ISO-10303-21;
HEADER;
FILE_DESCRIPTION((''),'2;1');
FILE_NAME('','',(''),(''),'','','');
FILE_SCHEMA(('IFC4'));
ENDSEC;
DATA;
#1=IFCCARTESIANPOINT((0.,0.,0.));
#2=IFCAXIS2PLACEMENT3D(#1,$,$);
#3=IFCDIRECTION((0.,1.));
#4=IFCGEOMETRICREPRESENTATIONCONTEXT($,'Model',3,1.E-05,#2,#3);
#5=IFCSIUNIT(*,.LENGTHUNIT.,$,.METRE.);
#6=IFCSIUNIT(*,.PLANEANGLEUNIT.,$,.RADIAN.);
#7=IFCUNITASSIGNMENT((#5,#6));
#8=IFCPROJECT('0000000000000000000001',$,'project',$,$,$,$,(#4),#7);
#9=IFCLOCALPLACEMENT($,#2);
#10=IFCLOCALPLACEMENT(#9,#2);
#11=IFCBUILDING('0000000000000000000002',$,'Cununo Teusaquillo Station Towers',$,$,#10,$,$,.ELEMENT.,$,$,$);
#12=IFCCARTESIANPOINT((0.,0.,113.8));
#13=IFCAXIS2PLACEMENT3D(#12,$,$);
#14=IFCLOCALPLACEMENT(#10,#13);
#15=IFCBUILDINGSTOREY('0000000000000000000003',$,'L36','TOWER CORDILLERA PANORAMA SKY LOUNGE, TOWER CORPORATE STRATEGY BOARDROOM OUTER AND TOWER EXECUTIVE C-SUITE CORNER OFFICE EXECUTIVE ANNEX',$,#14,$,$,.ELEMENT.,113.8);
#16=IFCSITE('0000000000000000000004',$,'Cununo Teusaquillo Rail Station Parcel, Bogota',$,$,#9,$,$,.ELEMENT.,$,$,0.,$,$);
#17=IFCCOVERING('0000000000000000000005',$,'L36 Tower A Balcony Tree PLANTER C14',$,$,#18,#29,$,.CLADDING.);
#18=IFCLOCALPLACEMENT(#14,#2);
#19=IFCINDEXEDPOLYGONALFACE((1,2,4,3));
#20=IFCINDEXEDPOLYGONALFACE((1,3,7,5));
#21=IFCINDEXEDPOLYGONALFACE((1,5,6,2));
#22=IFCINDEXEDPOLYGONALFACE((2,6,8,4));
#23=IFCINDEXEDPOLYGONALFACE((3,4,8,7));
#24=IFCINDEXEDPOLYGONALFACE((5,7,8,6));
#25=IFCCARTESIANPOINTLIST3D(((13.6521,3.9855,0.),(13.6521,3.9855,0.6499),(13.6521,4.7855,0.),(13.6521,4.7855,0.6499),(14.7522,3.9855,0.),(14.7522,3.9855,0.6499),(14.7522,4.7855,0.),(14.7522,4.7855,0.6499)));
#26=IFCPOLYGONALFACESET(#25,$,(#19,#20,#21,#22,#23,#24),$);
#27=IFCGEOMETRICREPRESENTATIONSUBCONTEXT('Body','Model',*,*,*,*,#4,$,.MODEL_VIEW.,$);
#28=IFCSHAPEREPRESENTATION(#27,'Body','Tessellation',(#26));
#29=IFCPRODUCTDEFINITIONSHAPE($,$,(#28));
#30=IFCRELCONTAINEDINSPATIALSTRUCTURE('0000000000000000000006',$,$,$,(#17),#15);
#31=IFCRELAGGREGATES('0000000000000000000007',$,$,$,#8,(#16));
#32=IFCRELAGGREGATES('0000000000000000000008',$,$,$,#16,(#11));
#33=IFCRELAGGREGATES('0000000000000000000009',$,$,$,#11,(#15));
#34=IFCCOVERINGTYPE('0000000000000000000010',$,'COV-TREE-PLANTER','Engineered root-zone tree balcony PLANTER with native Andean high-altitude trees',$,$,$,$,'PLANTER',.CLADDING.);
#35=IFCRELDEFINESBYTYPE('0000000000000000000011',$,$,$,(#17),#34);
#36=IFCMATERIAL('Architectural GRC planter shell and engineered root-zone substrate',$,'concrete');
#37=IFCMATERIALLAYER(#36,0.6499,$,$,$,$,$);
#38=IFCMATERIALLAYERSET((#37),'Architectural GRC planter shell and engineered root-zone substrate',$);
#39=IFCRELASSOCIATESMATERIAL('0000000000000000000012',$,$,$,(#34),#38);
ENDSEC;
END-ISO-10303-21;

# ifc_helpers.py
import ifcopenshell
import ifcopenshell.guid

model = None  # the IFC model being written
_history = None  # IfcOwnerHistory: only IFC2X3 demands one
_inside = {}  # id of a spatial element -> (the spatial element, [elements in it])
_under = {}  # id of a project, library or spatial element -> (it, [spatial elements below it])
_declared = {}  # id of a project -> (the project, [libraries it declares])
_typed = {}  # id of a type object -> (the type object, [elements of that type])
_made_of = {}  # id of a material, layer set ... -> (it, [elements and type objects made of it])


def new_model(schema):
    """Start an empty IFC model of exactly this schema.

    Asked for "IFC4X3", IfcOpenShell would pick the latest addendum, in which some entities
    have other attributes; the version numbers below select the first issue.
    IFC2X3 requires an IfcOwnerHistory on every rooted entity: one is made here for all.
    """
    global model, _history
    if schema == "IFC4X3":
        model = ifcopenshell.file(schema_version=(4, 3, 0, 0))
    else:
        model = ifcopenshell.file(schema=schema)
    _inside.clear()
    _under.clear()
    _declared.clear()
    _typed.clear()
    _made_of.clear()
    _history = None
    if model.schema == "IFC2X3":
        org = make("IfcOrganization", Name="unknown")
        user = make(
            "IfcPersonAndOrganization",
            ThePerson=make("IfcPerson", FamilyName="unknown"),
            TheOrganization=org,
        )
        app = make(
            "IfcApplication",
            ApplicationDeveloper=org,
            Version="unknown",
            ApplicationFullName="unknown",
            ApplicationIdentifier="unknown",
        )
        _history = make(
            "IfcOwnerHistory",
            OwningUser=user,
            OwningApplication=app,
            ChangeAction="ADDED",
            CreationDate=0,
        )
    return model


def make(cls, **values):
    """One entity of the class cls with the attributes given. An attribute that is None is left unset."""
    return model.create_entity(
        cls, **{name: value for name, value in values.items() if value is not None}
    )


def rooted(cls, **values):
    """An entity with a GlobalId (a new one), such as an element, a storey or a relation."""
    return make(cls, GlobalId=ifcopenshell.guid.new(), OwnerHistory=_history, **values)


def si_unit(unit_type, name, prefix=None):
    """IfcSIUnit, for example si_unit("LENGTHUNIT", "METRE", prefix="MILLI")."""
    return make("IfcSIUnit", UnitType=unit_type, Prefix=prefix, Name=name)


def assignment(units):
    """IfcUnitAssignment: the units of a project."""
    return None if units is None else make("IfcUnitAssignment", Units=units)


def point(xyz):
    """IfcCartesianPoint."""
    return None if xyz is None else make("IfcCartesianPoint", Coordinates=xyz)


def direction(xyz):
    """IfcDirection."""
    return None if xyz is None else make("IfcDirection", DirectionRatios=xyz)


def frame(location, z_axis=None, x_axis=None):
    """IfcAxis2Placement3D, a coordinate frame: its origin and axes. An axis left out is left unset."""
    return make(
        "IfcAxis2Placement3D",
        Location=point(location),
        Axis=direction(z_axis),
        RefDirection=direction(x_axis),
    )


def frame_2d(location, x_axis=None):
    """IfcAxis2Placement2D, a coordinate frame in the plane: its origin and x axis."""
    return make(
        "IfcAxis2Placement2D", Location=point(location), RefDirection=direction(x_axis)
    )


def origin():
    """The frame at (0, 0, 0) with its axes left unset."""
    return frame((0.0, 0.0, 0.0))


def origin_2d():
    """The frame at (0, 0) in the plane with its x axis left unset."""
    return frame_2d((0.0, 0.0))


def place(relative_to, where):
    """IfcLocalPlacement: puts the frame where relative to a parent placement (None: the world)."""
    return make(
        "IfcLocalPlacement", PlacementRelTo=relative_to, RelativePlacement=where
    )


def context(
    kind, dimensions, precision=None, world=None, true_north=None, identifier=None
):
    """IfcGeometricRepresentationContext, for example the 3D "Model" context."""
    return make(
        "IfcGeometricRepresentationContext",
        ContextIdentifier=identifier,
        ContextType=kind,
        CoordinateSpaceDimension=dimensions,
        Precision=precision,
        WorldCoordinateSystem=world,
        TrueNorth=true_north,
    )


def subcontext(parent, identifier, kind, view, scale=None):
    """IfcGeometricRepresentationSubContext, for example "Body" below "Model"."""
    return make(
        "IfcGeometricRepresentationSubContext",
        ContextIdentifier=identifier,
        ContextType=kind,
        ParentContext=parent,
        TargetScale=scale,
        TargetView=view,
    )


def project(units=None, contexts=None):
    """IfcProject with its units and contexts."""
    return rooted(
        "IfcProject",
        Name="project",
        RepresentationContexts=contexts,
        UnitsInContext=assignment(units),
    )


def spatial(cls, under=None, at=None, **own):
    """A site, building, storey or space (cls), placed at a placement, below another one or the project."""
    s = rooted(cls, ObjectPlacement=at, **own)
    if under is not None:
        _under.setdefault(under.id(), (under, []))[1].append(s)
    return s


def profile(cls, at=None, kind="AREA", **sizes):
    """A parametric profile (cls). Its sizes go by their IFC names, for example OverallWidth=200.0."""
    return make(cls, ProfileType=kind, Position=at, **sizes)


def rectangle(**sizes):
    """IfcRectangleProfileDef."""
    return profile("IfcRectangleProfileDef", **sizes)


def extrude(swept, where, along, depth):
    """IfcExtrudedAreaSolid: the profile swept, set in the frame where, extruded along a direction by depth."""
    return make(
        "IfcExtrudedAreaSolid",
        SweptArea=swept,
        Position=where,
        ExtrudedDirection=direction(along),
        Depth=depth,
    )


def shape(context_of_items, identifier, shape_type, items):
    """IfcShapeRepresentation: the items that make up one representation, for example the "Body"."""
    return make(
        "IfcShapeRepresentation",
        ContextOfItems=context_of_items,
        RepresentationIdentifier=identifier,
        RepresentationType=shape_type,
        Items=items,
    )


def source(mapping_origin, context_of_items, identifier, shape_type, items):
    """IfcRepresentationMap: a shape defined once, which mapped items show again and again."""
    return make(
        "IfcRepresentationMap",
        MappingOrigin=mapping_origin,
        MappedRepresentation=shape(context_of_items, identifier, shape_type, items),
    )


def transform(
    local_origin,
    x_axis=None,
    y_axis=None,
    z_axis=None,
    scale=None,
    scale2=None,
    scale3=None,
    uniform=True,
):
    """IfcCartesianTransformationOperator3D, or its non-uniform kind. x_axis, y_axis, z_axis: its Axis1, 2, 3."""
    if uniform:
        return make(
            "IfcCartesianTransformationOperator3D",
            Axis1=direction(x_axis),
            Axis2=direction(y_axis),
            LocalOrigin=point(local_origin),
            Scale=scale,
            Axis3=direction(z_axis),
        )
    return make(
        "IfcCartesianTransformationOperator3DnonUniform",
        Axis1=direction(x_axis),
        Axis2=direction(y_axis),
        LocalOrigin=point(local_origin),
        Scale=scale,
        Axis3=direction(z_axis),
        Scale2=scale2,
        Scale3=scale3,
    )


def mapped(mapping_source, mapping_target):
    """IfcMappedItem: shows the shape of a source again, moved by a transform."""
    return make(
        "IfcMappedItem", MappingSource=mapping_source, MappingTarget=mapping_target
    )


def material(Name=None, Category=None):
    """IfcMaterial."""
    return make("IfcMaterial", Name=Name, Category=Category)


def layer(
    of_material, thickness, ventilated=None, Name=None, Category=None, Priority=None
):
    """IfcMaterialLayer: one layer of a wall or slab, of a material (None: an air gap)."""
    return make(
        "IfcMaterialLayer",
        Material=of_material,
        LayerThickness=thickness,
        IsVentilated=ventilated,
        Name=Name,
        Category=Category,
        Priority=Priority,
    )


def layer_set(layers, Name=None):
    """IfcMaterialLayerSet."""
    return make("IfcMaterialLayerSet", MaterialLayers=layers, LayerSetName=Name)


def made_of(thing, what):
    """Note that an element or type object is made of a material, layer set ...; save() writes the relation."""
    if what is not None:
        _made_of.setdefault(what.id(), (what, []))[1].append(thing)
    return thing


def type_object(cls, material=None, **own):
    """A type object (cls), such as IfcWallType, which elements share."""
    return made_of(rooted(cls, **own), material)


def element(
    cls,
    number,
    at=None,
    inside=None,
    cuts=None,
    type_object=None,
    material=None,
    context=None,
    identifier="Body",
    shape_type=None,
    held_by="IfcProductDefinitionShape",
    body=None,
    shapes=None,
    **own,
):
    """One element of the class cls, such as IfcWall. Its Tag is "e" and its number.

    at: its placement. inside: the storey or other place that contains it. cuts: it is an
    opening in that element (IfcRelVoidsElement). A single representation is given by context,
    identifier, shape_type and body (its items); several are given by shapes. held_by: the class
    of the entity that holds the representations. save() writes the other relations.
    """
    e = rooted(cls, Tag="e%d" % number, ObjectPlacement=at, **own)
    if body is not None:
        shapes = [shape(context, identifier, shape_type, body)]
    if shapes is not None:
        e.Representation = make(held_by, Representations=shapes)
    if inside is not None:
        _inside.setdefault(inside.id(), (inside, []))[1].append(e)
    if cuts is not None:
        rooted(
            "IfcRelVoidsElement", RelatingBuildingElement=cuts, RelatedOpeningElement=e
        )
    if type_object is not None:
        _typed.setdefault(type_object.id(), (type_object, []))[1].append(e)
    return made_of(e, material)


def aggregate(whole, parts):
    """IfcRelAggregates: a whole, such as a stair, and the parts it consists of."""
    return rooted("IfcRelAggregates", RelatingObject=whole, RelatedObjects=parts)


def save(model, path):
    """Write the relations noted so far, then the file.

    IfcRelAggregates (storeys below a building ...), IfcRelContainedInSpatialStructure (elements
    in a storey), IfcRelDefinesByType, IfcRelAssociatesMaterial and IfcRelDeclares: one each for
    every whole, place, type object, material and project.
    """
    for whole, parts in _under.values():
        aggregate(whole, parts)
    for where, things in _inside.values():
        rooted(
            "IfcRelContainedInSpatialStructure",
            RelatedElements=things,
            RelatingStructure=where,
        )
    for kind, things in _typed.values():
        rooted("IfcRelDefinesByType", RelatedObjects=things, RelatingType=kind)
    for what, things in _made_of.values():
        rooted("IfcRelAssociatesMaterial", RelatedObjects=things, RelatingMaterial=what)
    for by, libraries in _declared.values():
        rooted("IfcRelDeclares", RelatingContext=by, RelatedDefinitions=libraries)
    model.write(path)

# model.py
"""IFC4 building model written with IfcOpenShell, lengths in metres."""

from ifc_helpers import new_model, si_unit, direction, frame, origin, origin_2d, place, context, subcontext, project, spatial, rectangle, extrude, source, transform, mapped, material, layer, layer_set, type_object, element, save


model = new_model("IFC4")

# Units and contexts
model_context = context("Model", 3, precision=1e-05, world=origin(), true_north=direction((0.0, 1.0)))
body_context = subcontext(model_context, "Body", "Model", "MODEL_VIEW")
ifc_project = project(units=[si_unit("LENGTHUNIT", "METRE"), si_unit("PLANEANGLEUNIT", "RADIAN")], contexts=[model_context])

# Site, building, storey
site_placement = place(None, origin())
site = spatial("IfcSite", under=ifc_project, at=site_placement, Name="Cununo Teusaquillo Rail Station Parcel, Bogota", CompositionType="ELEMENT", RefElevation=0.0)
building_placement = place(site_placement, origin())
building = spatial("IfcBuilding", under=site, at=building_placement, Name="Cununo Teusaquillo Station Towers", CompositionType="ELEMENT")
storey_placement = place(building_placement, frame((0.0, 0.0, 113.8)))
storey = spatial("IfcBuildingStorey", under=building, at=storey_placement, Name="L36", Description="TOWER CORDILLERA PANORAMA SKY LOUNGE, TOWER CORPORATE STRATEGY BOARDROOM OUTER AND TOWER EXECUTIVE C-SUITE CORNER OFFICE EXECUTIVE ANNEX", CompositionType="ELEMENT", Elevation=113.8)

# Covering
ifc_material_1 = material(Name="Architectural GRC planter shell and engineered root-zone substrate", Category="concrete")
ifc_layer_1 = layer(ifc_material_1, 0.6499)
ifc_layer_set_1 = layer_set([ifc_layer_1], Name="Architectural GRC planter shell and engineered root-zone substrate")
covering_type = type_object("IfcCoveringType", Name="COV-TREE-PLANTER", Description="Engineered root-zone tree balcony PLANTER with native Andean high-altitude trees", ElementType="PLANTER", PredefinedType="CLADDING", material=ifc_layer_set_1)
shared_shape_1 = source(origin(), body_context, "Body", "SweptSolid", [
    extrude(rectangle(XDim=1.1001, YDim=0.8, at=origin_2d()), origin(), (0.0, 0.0, 1.0), 0.6499),
])
covering_placement = place(storey_placement, frame((14.2021, 4.3855, 0.0), z_axis=(0.0, 0.0, 1.0), x_axis=(1.0, 0.0, 0.0)))
element("IfcCovering", 1, at=covering_placement, inside=storey, type_object=covering_type, Name="L36 Tower A Balcony Tree PLANTER C14", PredefinedType="CLADDING", context=body_context, shape_type="MappedRepresentation", body=[
    mapped(shared_shape_1, transform((0.0, 0.0, 0.0), x_axis=(1.0, 0.0, 0.0), y_axis=(0.0, 1.0, 0.0), z_axis=(0.0, 0.0, 1.0), scale=1.0)),
])

save(model, "model.ifc")
